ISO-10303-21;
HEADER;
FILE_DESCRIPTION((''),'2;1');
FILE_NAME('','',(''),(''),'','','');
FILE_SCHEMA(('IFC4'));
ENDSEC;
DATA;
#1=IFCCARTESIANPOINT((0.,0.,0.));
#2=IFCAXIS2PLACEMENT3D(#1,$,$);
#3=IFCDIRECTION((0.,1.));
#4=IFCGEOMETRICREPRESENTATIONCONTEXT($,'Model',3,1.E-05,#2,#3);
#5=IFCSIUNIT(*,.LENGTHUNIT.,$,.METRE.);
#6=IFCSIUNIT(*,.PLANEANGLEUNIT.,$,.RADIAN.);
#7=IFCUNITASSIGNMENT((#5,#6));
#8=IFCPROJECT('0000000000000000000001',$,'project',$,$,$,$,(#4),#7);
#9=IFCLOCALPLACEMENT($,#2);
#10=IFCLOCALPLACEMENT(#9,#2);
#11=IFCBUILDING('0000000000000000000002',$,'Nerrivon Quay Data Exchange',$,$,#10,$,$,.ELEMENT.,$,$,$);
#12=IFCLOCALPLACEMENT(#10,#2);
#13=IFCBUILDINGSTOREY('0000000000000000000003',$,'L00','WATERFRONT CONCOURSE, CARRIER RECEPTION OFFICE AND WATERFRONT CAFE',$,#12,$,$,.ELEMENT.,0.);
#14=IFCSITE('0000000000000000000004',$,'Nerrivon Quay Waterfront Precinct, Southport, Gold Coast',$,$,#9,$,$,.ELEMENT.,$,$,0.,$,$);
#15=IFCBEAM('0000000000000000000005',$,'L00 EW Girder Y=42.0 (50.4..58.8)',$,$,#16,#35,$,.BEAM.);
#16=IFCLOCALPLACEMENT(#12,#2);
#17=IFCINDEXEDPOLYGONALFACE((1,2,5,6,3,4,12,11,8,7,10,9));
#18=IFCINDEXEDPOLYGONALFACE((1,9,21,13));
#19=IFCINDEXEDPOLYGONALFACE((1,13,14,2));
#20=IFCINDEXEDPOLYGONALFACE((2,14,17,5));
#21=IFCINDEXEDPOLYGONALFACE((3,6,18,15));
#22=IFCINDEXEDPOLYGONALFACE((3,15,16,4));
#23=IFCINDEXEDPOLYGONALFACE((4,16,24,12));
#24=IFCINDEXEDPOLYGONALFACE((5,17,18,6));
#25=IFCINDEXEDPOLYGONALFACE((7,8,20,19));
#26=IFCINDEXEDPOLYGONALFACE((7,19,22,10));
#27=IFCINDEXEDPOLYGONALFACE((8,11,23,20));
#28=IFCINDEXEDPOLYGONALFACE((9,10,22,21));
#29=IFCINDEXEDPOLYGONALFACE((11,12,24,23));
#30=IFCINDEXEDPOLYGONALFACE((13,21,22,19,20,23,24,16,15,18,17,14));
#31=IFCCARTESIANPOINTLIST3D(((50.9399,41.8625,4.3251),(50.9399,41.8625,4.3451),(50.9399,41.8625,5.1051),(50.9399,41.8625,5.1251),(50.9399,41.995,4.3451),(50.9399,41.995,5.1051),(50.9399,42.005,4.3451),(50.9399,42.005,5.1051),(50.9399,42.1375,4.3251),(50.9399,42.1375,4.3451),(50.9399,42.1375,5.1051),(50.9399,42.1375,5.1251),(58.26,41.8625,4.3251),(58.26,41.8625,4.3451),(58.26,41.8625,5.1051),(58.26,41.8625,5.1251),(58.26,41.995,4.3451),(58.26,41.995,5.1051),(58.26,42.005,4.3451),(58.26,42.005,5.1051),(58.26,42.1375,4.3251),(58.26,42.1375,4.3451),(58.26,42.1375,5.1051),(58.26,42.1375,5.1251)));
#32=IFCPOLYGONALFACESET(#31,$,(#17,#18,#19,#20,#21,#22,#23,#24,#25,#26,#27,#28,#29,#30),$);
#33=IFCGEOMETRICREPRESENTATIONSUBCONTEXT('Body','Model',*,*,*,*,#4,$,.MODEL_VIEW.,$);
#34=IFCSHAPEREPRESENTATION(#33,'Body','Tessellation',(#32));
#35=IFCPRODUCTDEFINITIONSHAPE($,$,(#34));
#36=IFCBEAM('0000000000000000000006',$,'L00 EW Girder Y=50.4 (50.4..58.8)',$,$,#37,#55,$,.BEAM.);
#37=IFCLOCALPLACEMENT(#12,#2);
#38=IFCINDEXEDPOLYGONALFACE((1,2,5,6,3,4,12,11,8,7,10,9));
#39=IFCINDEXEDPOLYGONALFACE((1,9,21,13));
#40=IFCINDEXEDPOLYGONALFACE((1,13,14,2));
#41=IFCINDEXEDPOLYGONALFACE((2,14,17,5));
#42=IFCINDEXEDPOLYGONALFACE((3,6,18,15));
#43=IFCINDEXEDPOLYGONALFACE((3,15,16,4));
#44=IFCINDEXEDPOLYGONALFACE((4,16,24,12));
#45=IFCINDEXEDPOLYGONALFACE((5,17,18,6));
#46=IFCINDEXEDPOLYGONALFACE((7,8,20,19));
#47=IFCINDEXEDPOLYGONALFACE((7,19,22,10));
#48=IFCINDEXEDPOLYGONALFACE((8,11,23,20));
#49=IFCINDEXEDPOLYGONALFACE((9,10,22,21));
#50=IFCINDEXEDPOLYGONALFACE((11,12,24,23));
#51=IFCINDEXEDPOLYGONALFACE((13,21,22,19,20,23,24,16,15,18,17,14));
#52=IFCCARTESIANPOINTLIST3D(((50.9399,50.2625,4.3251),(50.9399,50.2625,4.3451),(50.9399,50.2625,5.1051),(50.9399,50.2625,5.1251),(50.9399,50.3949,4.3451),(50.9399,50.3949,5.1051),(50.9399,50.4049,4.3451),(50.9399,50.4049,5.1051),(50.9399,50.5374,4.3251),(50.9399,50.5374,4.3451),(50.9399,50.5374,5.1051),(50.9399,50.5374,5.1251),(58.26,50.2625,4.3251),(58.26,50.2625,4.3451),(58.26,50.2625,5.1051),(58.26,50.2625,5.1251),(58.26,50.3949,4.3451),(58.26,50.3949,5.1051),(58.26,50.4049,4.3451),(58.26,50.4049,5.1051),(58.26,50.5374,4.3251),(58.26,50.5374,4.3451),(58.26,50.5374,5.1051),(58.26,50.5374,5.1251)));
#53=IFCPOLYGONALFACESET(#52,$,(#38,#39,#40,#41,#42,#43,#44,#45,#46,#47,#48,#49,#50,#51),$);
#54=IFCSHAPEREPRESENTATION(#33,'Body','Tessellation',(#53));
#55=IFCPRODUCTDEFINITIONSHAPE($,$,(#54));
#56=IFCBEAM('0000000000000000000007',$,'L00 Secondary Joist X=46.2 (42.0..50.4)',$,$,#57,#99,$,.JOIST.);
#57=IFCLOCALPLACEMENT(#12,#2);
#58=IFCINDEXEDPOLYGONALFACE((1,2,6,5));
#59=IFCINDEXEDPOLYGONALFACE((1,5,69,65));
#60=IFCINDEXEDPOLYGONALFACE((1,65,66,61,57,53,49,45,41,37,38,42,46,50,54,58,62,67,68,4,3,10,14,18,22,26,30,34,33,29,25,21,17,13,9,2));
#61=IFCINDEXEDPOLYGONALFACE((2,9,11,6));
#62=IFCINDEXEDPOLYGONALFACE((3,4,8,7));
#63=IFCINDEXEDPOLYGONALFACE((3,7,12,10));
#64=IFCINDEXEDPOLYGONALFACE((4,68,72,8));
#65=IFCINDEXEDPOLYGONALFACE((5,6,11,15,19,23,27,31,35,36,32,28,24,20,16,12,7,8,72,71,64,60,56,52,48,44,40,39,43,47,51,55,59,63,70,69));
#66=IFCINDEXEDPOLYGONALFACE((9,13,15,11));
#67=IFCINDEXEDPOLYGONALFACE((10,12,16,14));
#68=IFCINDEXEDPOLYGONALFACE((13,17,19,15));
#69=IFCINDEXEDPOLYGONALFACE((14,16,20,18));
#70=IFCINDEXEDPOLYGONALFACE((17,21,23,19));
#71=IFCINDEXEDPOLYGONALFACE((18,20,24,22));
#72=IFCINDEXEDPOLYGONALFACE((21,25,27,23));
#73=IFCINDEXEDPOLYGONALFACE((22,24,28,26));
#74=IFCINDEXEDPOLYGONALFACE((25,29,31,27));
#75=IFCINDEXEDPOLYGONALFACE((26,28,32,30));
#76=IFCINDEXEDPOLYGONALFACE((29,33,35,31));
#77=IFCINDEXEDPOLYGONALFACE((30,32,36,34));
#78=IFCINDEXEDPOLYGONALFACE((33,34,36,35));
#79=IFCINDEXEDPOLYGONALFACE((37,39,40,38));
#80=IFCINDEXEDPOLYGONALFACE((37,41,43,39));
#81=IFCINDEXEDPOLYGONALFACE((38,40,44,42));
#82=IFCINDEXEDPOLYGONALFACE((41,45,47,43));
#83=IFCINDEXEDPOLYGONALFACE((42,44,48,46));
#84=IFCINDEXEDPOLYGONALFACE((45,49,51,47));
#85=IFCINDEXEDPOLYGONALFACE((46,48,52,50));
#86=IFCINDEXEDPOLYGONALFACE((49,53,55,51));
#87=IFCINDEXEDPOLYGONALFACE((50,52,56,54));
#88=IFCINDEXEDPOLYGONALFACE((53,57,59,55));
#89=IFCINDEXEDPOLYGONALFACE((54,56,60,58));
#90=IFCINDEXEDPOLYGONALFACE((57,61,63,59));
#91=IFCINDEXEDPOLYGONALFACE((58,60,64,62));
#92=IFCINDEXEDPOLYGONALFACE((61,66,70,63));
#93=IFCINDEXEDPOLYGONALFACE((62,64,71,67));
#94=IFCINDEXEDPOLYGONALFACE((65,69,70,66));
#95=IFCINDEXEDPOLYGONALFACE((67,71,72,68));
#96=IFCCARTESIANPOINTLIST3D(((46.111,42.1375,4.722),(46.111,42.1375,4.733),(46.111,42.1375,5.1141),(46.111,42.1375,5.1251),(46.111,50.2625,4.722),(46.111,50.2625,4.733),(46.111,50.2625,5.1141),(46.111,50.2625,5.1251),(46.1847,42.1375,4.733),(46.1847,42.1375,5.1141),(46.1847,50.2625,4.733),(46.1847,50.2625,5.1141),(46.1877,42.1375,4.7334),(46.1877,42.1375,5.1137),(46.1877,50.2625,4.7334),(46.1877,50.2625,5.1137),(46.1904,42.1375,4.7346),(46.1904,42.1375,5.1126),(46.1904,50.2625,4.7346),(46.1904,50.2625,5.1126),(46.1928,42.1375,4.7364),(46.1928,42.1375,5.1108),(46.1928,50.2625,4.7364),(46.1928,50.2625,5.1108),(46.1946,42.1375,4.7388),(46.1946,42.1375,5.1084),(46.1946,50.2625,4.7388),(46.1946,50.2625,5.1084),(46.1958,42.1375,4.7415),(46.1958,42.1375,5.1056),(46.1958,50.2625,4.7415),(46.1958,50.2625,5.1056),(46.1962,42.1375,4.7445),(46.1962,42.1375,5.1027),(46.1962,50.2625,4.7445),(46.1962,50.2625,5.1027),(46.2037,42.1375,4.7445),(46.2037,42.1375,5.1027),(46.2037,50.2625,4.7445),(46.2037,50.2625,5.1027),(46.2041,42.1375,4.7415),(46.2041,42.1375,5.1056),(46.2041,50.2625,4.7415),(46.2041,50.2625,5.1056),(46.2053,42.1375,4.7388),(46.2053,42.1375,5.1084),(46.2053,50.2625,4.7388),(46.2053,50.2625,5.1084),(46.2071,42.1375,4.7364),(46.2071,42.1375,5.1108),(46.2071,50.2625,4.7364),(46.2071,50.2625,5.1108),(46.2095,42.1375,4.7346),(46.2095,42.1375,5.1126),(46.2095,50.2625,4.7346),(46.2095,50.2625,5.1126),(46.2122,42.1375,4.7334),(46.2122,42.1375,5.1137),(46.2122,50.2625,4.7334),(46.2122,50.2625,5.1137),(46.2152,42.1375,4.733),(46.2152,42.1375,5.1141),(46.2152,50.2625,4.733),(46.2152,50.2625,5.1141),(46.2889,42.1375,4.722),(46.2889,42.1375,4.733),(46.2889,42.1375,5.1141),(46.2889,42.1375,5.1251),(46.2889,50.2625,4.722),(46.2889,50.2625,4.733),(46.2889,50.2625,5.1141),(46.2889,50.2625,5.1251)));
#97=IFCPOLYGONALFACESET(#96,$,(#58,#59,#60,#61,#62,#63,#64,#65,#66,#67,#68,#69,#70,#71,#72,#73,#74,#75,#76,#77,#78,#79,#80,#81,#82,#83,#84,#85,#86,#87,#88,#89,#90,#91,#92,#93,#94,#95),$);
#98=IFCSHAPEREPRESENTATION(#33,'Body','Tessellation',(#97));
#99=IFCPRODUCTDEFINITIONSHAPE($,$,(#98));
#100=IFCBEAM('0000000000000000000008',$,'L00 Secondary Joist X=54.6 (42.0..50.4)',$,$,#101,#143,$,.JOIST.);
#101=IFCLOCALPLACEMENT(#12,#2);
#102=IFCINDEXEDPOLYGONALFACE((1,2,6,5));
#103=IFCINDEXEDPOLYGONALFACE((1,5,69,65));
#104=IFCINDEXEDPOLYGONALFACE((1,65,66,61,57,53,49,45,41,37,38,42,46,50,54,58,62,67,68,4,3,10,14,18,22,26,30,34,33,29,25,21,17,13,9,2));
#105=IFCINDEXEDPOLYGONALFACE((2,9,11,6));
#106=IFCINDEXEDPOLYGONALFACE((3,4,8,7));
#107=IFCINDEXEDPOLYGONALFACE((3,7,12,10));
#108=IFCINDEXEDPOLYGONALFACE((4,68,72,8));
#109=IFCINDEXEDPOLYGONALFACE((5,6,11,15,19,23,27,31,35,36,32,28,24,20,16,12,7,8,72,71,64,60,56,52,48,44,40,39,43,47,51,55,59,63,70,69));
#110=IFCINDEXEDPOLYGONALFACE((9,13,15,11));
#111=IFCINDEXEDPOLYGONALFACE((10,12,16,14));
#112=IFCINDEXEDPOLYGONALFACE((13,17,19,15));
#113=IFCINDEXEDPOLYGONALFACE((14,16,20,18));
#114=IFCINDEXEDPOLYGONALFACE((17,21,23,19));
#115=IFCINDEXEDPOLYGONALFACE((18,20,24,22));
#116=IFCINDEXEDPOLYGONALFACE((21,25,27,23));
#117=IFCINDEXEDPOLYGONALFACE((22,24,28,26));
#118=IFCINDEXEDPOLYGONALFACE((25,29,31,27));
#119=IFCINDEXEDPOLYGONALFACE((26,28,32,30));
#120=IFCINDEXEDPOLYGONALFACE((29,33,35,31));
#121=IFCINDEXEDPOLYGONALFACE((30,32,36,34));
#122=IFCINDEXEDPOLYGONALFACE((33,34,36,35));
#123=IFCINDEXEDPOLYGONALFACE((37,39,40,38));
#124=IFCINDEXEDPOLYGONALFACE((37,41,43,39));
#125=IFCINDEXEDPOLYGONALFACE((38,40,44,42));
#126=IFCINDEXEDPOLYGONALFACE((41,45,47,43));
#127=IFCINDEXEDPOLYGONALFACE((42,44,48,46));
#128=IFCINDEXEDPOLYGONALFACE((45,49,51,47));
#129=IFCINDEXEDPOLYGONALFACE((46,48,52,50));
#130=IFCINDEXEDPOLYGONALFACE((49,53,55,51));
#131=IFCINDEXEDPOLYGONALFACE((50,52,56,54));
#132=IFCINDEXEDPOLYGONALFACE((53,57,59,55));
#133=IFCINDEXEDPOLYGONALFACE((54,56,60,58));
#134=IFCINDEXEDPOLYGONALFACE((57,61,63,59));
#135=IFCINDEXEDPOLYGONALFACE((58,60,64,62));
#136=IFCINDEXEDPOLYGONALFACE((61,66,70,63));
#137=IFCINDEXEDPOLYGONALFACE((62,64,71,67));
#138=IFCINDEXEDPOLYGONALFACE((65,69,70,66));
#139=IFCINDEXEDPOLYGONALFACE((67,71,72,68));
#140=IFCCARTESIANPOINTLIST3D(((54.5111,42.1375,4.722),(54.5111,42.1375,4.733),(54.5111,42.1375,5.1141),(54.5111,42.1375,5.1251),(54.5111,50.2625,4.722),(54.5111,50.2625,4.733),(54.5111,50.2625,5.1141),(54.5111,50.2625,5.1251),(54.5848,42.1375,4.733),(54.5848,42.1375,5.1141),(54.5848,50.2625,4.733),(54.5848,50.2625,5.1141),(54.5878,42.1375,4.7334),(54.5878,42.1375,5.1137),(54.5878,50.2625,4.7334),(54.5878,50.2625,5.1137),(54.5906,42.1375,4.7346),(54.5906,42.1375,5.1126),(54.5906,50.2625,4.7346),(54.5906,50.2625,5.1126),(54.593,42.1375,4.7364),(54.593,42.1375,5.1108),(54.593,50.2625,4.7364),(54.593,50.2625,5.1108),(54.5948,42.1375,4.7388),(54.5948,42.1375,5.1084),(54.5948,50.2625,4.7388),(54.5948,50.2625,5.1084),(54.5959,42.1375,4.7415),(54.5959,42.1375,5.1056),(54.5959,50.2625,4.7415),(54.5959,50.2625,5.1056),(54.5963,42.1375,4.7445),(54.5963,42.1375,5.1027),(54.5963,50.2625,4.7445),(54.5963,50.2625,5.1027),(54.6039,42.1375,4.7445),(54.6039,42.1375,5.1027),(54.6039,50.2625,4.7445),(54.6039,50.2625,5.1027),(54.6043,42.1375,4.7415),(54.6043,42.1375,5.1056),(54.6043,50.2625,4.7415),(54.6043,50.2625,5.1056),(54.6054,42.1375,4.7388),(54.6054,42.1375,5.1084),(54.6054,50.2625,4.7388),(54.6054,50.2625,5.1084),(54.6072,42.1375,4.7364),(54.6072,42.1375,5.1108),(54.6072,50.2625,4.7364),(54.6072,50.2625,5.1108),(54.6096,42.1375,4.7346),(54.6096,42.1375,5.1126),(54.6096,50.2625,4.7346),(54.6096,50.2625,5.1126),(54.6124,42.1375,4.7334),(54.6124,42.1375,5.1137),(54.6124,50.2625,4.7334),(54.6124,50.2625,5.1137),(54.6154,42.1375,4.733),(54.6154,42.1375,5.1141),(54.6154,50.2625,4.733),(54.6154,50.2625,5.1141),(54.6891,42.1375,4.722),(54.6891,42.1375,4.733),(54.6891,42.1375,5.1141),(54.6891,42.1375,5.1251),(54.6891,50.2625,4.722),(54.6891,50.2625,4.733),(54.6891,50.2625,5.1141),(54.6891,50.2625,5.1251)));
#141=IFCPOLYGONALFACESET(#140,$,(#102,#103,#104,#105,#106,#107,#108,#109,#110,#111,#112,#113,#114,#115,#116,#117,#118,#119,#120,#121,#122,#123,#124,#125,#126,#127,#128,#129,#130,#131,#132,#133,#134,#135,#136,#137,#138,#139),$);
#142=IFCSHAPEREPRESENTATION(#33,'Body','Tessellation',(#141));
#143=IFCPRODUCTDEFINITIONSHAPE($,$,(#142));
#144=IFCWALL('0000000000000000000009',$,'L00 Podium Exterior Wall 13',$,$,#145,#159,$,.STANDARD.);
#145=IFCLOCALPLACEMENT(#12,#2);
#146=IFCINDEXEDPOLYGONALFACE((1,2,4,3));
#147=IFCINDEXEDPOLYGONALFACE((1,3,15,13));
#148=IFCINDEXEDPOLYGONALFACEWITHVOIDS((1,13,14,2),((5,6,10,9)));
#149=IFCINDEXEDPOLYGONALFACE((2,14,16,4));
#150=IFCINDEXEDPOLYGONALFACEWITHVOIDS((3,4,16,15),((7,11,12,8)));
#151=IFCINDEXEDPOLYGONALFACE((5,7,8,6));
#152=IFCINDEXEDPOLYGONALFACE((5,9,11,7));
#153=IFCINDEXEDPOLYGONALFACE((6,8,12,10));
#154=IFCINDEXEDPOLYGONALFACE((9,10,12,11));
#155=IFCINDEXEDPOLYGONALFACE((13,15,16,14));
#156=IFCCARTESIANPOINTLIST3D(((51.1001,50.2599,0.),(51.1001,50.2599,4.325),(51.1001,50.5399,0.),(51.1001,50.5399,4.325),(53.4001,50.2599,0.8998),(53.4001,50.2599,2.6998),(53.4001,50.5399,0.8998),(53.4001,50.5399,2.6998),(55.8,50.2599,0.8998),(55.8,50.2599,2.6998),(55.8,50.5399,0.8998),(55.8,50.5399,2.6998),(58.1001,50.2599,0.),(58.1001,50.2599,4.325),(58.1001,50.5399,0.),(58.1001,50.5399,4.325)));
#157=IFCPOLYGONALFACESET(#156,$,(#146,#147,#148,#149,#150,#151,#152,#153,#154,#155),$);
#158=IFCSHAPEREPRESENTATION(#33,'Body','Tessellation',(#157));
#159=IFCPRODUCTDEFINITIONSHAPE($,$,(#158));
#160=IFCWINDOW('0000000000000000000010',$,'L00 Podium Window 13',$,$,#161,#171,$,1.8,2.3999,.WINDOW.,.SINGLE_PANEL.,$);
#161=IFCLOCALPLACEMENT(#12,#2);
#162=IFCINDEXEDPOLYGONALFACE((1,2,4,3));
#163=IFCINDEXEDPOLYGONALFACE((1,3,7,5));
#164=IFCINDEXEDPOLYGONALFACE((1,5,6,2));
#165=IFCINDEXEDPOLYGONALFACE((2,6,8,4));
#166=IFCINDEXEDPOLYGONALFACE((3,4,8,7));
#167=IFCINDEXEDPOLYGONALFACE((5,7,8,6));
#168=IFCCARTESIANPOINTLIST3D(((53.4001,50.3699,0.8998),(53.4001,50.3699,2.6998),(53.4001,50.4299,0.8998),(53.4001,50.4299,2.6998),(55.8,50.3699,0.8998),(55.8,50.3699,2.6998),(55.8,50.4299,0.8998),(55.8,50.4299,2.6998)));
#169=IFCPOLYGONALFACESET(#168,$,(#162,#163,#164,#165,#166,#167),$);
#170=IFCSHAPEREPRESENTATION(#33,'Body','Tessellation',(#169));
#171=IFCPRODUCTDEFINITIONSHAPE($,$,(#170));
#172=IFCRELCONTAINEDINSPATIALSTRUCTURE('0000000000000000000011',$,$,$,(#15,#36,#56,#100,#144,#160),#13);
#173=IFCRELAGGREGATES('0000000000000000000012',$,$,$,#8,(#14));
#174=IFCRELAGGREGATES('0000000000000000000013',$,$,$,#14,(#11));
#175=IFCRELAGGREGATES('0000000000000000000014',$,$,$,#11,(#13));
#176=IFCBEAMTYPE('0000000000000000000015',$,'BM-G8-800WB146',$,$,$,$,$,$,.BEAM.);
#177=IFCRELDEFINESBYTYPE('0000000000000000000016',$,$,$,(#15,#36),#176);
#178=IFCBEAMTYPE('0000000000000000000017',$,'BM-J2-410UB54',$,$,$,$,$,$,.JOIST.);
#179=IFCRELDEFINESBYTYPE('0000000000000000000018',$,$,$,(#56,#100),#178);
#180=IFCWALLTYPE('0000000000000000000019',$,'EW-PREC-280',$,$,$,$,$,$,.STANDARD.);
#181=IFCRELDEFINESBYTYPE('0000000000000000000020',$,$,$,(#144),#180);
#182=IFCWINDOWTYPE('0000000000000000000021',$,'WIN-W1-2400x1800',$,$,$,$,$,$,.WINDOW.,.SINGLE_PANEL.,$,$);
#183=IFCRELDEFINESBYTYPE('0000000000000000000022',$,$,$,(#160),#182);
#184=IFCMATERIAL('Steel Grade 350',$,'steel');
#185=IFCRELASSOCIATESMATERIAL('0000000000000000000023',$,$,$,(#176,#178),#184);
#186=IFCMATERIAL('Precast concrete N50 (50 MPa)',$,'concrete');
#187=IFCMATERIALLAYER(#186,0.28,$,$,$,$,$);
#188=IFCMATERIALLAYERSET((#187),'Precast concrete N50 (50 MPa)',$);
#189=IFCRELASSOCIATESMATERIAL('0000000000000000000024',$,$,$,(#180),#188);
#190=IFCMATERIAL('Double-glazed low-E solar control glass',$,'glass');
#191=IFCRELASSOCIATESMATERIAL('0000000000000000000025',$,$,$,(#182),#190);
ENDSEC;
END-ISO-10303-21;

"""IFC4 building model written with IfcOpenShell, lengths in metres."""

from ifc_helpers import new_model, si_unit, direction, frame, frame_2d, origin, origin_2d, place, context, subcontext, project, spatial, rectangle, i_section, extrude, material, layer, layer_set, material_profile, profile_set, type_object, element, fill, save


model = new_model("IFC4")

# Units and contexts
model_context = context("Model", 3, precision=1e-05, world=origin(), true_north=direction((0.0, 1.0)))
body_context = subcontext(model_context, "Body", "Model", "MODEL_VIEW")
ifc_project = project(units=[si_unit("LENGTHUNIT", "METRE"), si_unit("PLANEANGLEUNIT", "RADIAN")], contexts=[model_context])

# Site, building, storey
site_placement = place(None, origin())
site = spatial("IfcSite", under=ifc_project, at=site_placement, Name="Nerrivon Quay Waterfront Precinct, Southport, Gold Coast", CompositionType="ELEMENT", RefElevation=0.0)
building_placement = place(site_placement, origin())
building = spatial("IfcBuilding", under=site, at=building_placement, Name="Nerrivon Quay Data Exchange", CompositionType="ELEMENT")
storey_placement = place(building_placement, origin())
storey = spatial("IfcBuildingStorey", under=building, at=storey_placement, Name="L00", Description="WATERFRONT CONCOURSE, CARRIER RECEPTION OFFICE AND WATERFRONT CAFE", CompositionType="ELEMENT", Elevation=0.0)

# Beams
ifc_material_1 = material(Name="Steel Grade 350", Category="steel")
ifc_material_profile_1 = material_profile(ifc_material_1, i_section(OverallWidth=0.2749, OverallDepth=0.8, WebThickness=0.01, FlangeThickness=0.02, at=origin_2d()), Name="800WB146")
ifc_profile_set_1 = profile_set([ifc_material_profile_1], Name="Steel Grade 350")
beam_type_1 = type_object("IfcBeamType", Name="BM-G8-800WB146", PredefinedType="BEAM", material=ifc_profile_set_1)
for number, where, z_axis, x_axis, name in (
    (1, (50.9399, 42.0, 4.7251), (1.0, 0.0, 0.0), (0.0, 1.0, 0.0), "L00 EW Girder Y=42.0 (50.4..58.8)"),
    (2, (50.9399, 50.3999, 4.7251), (1.0, 0.0, 0.0), (0.0, 1.0, 0.0), "L00 EW Girder Y=50.4 (50.4..58.8)"),
):
    element("IfcBeam", number, at=place(storey_placement, frame(where, z_axis=z_axis, x_axis=x_axis)), inside=storey, type_object=beam_type_1, Name=name, PredefinedType="BEAM", context=body_context, shape_type="SweptSolid", body=[
        extrude(i_section(OverallWidth=0.2749, OverallDepth=0.8, WebThickness=0.01, FlangeThickness=0.02, at=origin_2d()), origin(), (0.0, 0.0, 1.0), 7.3201),
    ])
ifc_material_profile_2 = material_profile(ifc_material_1, i_section(OverallWidth=0.178, OverallDepth=0.4031, WebThickness=0.0076, FlangeThickness=0.011, FilletRadius=0.0115, at=origin_2d()), Name="410UB53.7")
ifc_profile_set_2 = profile_set([ifc_material_profile_2], Name="Steel Grade 350")
beam_type_2 = type_object("IfcBeamType", Name="BM-J2-410UB54", PredefinedType="JOIST", material=ifc_profile_set_2)
for number, where, z_axis, x_axis, name in (
    (3, (46.2, 42.1375, 4.9236), (0.0, 1.0, 0.0), (-1.0, 0.0, 0.0), "L00 Secondary Joist X=46.2 (42.0..50.4)"),
    (4, (54.6001, 42.1375, 4.9236), (0.0, 1.0, 0.0), (-1.0, 0.0, 0.0), "L00 Secondary Joist X=54.6 (42.0..50.4)"),
):
    element("IfcBeam", number, at=place(storey_placement, frame(where, z_axis=z_axis, x_axis=x_axis)), inside=storey, type_object=beam_type_2, Name=name, PredefinedType="JOIST", context=body_context, shape_type="SweptSolid", body=[
        extrude(i_section(OverallWidth=0.178, OverallDepth=0.4031, WebThickness=0.0076, FlangeThickness=0.011, FilletRadius=0.0115, at=origin_2d()), origin(), (0.0, 0.0, 1.0), 8.125),
    ])

# Wall, opening, window
ifc_material_2 = material(Name="Precast concrete N50 (50 MPa)", Category="concrete")
ifc_layer_1 = layer(ifc_material_2, 0.28)
ifc_layer_set_1 = layer_set([ifc_layer_1], Name="Precast concrete N50 (50 MPa)")
wall_type_1 = type_object("IfcWallType", Name="EW-PREC-280", PredefinedType="STANDARD", material=ifc_layer_set_1)
wall_1_placement = place(storey_placement, frame((51.1001, 50.3999, 0.0), z_axis=(0.0, 0.0, 1.0), x_axis=(1.0, 0.0, 0.0)))
wall_1 = element("IfcWall", 5, at=wall_1_placement, inside=storey, type_object=wall_type_1, Name="L00 Podium Exterior Wall 13", PredefinedType="STANDARD", context=body_context, shape_type="SweptSolid", body=[
    extrude(rectangle(XDim=7.0, YDim=0.28, at=frame_2d((3.5, 0.0))), origin(), (0.0, 0.0, 1.0), 4.325),
])
opening_1_placement = place(wall_1_placement, frame((2.3, 0.0, 0.8999)))
opening_1 = element("IfcOpeningElement", 6, at=opening_1_placement, cuts=wall_1, PredefinedType="OPENING", context=body_context, shape_type="SweptSolid", body=[
    extrude(rectangle(XDim=2.3999, YDim=1.8, at=frame_2d((1.2, 0.8999))), frame((0.0, 0.1499, 0.0), z_axis=(0.0, -1.0, 0.0), x_axis=(1.0, 0.0, 0.0)), (0.0, 0.0, 1.0), 0.3),
])
ifc_material_3 = material(Name="Double-glazed low-E solar control glass", Category="glass")
window_type = type_object("IfcWindowType", Name="WIN-W1-2400x1800", PartitioningType="SINGLE_PANEL", PredefinedType="WINDOW", material=ifc_material_3)
window_1_placement = place(opening_1_placement, origin())
window_1 = element("IfcWindow", 7, at=window_1_placement, inside=storey, type_object=window_type, Name="L00 Podium Window 13", OverallHeight=1.8, OverallWidth=2.3999, PartitioningType="SINGLE_PANEL", PredefinedType="WINDOW", context=body_context, shape_type="SweptSolid", body=[
    extrude(rectangle(XDim=2.3999, YDim=1.8, at=frame_2d((1.2, 0.8999))), frame((0.0, 0.03, 0.0), z_axis=(0.0, -1.0, 0.0), x_axis=(1.0, 0.0, 0.0)), (0.0, 0.0, 1.0), 0.0601),
])
fill(opening_1, window_1)

save(model, "model.ifc")
